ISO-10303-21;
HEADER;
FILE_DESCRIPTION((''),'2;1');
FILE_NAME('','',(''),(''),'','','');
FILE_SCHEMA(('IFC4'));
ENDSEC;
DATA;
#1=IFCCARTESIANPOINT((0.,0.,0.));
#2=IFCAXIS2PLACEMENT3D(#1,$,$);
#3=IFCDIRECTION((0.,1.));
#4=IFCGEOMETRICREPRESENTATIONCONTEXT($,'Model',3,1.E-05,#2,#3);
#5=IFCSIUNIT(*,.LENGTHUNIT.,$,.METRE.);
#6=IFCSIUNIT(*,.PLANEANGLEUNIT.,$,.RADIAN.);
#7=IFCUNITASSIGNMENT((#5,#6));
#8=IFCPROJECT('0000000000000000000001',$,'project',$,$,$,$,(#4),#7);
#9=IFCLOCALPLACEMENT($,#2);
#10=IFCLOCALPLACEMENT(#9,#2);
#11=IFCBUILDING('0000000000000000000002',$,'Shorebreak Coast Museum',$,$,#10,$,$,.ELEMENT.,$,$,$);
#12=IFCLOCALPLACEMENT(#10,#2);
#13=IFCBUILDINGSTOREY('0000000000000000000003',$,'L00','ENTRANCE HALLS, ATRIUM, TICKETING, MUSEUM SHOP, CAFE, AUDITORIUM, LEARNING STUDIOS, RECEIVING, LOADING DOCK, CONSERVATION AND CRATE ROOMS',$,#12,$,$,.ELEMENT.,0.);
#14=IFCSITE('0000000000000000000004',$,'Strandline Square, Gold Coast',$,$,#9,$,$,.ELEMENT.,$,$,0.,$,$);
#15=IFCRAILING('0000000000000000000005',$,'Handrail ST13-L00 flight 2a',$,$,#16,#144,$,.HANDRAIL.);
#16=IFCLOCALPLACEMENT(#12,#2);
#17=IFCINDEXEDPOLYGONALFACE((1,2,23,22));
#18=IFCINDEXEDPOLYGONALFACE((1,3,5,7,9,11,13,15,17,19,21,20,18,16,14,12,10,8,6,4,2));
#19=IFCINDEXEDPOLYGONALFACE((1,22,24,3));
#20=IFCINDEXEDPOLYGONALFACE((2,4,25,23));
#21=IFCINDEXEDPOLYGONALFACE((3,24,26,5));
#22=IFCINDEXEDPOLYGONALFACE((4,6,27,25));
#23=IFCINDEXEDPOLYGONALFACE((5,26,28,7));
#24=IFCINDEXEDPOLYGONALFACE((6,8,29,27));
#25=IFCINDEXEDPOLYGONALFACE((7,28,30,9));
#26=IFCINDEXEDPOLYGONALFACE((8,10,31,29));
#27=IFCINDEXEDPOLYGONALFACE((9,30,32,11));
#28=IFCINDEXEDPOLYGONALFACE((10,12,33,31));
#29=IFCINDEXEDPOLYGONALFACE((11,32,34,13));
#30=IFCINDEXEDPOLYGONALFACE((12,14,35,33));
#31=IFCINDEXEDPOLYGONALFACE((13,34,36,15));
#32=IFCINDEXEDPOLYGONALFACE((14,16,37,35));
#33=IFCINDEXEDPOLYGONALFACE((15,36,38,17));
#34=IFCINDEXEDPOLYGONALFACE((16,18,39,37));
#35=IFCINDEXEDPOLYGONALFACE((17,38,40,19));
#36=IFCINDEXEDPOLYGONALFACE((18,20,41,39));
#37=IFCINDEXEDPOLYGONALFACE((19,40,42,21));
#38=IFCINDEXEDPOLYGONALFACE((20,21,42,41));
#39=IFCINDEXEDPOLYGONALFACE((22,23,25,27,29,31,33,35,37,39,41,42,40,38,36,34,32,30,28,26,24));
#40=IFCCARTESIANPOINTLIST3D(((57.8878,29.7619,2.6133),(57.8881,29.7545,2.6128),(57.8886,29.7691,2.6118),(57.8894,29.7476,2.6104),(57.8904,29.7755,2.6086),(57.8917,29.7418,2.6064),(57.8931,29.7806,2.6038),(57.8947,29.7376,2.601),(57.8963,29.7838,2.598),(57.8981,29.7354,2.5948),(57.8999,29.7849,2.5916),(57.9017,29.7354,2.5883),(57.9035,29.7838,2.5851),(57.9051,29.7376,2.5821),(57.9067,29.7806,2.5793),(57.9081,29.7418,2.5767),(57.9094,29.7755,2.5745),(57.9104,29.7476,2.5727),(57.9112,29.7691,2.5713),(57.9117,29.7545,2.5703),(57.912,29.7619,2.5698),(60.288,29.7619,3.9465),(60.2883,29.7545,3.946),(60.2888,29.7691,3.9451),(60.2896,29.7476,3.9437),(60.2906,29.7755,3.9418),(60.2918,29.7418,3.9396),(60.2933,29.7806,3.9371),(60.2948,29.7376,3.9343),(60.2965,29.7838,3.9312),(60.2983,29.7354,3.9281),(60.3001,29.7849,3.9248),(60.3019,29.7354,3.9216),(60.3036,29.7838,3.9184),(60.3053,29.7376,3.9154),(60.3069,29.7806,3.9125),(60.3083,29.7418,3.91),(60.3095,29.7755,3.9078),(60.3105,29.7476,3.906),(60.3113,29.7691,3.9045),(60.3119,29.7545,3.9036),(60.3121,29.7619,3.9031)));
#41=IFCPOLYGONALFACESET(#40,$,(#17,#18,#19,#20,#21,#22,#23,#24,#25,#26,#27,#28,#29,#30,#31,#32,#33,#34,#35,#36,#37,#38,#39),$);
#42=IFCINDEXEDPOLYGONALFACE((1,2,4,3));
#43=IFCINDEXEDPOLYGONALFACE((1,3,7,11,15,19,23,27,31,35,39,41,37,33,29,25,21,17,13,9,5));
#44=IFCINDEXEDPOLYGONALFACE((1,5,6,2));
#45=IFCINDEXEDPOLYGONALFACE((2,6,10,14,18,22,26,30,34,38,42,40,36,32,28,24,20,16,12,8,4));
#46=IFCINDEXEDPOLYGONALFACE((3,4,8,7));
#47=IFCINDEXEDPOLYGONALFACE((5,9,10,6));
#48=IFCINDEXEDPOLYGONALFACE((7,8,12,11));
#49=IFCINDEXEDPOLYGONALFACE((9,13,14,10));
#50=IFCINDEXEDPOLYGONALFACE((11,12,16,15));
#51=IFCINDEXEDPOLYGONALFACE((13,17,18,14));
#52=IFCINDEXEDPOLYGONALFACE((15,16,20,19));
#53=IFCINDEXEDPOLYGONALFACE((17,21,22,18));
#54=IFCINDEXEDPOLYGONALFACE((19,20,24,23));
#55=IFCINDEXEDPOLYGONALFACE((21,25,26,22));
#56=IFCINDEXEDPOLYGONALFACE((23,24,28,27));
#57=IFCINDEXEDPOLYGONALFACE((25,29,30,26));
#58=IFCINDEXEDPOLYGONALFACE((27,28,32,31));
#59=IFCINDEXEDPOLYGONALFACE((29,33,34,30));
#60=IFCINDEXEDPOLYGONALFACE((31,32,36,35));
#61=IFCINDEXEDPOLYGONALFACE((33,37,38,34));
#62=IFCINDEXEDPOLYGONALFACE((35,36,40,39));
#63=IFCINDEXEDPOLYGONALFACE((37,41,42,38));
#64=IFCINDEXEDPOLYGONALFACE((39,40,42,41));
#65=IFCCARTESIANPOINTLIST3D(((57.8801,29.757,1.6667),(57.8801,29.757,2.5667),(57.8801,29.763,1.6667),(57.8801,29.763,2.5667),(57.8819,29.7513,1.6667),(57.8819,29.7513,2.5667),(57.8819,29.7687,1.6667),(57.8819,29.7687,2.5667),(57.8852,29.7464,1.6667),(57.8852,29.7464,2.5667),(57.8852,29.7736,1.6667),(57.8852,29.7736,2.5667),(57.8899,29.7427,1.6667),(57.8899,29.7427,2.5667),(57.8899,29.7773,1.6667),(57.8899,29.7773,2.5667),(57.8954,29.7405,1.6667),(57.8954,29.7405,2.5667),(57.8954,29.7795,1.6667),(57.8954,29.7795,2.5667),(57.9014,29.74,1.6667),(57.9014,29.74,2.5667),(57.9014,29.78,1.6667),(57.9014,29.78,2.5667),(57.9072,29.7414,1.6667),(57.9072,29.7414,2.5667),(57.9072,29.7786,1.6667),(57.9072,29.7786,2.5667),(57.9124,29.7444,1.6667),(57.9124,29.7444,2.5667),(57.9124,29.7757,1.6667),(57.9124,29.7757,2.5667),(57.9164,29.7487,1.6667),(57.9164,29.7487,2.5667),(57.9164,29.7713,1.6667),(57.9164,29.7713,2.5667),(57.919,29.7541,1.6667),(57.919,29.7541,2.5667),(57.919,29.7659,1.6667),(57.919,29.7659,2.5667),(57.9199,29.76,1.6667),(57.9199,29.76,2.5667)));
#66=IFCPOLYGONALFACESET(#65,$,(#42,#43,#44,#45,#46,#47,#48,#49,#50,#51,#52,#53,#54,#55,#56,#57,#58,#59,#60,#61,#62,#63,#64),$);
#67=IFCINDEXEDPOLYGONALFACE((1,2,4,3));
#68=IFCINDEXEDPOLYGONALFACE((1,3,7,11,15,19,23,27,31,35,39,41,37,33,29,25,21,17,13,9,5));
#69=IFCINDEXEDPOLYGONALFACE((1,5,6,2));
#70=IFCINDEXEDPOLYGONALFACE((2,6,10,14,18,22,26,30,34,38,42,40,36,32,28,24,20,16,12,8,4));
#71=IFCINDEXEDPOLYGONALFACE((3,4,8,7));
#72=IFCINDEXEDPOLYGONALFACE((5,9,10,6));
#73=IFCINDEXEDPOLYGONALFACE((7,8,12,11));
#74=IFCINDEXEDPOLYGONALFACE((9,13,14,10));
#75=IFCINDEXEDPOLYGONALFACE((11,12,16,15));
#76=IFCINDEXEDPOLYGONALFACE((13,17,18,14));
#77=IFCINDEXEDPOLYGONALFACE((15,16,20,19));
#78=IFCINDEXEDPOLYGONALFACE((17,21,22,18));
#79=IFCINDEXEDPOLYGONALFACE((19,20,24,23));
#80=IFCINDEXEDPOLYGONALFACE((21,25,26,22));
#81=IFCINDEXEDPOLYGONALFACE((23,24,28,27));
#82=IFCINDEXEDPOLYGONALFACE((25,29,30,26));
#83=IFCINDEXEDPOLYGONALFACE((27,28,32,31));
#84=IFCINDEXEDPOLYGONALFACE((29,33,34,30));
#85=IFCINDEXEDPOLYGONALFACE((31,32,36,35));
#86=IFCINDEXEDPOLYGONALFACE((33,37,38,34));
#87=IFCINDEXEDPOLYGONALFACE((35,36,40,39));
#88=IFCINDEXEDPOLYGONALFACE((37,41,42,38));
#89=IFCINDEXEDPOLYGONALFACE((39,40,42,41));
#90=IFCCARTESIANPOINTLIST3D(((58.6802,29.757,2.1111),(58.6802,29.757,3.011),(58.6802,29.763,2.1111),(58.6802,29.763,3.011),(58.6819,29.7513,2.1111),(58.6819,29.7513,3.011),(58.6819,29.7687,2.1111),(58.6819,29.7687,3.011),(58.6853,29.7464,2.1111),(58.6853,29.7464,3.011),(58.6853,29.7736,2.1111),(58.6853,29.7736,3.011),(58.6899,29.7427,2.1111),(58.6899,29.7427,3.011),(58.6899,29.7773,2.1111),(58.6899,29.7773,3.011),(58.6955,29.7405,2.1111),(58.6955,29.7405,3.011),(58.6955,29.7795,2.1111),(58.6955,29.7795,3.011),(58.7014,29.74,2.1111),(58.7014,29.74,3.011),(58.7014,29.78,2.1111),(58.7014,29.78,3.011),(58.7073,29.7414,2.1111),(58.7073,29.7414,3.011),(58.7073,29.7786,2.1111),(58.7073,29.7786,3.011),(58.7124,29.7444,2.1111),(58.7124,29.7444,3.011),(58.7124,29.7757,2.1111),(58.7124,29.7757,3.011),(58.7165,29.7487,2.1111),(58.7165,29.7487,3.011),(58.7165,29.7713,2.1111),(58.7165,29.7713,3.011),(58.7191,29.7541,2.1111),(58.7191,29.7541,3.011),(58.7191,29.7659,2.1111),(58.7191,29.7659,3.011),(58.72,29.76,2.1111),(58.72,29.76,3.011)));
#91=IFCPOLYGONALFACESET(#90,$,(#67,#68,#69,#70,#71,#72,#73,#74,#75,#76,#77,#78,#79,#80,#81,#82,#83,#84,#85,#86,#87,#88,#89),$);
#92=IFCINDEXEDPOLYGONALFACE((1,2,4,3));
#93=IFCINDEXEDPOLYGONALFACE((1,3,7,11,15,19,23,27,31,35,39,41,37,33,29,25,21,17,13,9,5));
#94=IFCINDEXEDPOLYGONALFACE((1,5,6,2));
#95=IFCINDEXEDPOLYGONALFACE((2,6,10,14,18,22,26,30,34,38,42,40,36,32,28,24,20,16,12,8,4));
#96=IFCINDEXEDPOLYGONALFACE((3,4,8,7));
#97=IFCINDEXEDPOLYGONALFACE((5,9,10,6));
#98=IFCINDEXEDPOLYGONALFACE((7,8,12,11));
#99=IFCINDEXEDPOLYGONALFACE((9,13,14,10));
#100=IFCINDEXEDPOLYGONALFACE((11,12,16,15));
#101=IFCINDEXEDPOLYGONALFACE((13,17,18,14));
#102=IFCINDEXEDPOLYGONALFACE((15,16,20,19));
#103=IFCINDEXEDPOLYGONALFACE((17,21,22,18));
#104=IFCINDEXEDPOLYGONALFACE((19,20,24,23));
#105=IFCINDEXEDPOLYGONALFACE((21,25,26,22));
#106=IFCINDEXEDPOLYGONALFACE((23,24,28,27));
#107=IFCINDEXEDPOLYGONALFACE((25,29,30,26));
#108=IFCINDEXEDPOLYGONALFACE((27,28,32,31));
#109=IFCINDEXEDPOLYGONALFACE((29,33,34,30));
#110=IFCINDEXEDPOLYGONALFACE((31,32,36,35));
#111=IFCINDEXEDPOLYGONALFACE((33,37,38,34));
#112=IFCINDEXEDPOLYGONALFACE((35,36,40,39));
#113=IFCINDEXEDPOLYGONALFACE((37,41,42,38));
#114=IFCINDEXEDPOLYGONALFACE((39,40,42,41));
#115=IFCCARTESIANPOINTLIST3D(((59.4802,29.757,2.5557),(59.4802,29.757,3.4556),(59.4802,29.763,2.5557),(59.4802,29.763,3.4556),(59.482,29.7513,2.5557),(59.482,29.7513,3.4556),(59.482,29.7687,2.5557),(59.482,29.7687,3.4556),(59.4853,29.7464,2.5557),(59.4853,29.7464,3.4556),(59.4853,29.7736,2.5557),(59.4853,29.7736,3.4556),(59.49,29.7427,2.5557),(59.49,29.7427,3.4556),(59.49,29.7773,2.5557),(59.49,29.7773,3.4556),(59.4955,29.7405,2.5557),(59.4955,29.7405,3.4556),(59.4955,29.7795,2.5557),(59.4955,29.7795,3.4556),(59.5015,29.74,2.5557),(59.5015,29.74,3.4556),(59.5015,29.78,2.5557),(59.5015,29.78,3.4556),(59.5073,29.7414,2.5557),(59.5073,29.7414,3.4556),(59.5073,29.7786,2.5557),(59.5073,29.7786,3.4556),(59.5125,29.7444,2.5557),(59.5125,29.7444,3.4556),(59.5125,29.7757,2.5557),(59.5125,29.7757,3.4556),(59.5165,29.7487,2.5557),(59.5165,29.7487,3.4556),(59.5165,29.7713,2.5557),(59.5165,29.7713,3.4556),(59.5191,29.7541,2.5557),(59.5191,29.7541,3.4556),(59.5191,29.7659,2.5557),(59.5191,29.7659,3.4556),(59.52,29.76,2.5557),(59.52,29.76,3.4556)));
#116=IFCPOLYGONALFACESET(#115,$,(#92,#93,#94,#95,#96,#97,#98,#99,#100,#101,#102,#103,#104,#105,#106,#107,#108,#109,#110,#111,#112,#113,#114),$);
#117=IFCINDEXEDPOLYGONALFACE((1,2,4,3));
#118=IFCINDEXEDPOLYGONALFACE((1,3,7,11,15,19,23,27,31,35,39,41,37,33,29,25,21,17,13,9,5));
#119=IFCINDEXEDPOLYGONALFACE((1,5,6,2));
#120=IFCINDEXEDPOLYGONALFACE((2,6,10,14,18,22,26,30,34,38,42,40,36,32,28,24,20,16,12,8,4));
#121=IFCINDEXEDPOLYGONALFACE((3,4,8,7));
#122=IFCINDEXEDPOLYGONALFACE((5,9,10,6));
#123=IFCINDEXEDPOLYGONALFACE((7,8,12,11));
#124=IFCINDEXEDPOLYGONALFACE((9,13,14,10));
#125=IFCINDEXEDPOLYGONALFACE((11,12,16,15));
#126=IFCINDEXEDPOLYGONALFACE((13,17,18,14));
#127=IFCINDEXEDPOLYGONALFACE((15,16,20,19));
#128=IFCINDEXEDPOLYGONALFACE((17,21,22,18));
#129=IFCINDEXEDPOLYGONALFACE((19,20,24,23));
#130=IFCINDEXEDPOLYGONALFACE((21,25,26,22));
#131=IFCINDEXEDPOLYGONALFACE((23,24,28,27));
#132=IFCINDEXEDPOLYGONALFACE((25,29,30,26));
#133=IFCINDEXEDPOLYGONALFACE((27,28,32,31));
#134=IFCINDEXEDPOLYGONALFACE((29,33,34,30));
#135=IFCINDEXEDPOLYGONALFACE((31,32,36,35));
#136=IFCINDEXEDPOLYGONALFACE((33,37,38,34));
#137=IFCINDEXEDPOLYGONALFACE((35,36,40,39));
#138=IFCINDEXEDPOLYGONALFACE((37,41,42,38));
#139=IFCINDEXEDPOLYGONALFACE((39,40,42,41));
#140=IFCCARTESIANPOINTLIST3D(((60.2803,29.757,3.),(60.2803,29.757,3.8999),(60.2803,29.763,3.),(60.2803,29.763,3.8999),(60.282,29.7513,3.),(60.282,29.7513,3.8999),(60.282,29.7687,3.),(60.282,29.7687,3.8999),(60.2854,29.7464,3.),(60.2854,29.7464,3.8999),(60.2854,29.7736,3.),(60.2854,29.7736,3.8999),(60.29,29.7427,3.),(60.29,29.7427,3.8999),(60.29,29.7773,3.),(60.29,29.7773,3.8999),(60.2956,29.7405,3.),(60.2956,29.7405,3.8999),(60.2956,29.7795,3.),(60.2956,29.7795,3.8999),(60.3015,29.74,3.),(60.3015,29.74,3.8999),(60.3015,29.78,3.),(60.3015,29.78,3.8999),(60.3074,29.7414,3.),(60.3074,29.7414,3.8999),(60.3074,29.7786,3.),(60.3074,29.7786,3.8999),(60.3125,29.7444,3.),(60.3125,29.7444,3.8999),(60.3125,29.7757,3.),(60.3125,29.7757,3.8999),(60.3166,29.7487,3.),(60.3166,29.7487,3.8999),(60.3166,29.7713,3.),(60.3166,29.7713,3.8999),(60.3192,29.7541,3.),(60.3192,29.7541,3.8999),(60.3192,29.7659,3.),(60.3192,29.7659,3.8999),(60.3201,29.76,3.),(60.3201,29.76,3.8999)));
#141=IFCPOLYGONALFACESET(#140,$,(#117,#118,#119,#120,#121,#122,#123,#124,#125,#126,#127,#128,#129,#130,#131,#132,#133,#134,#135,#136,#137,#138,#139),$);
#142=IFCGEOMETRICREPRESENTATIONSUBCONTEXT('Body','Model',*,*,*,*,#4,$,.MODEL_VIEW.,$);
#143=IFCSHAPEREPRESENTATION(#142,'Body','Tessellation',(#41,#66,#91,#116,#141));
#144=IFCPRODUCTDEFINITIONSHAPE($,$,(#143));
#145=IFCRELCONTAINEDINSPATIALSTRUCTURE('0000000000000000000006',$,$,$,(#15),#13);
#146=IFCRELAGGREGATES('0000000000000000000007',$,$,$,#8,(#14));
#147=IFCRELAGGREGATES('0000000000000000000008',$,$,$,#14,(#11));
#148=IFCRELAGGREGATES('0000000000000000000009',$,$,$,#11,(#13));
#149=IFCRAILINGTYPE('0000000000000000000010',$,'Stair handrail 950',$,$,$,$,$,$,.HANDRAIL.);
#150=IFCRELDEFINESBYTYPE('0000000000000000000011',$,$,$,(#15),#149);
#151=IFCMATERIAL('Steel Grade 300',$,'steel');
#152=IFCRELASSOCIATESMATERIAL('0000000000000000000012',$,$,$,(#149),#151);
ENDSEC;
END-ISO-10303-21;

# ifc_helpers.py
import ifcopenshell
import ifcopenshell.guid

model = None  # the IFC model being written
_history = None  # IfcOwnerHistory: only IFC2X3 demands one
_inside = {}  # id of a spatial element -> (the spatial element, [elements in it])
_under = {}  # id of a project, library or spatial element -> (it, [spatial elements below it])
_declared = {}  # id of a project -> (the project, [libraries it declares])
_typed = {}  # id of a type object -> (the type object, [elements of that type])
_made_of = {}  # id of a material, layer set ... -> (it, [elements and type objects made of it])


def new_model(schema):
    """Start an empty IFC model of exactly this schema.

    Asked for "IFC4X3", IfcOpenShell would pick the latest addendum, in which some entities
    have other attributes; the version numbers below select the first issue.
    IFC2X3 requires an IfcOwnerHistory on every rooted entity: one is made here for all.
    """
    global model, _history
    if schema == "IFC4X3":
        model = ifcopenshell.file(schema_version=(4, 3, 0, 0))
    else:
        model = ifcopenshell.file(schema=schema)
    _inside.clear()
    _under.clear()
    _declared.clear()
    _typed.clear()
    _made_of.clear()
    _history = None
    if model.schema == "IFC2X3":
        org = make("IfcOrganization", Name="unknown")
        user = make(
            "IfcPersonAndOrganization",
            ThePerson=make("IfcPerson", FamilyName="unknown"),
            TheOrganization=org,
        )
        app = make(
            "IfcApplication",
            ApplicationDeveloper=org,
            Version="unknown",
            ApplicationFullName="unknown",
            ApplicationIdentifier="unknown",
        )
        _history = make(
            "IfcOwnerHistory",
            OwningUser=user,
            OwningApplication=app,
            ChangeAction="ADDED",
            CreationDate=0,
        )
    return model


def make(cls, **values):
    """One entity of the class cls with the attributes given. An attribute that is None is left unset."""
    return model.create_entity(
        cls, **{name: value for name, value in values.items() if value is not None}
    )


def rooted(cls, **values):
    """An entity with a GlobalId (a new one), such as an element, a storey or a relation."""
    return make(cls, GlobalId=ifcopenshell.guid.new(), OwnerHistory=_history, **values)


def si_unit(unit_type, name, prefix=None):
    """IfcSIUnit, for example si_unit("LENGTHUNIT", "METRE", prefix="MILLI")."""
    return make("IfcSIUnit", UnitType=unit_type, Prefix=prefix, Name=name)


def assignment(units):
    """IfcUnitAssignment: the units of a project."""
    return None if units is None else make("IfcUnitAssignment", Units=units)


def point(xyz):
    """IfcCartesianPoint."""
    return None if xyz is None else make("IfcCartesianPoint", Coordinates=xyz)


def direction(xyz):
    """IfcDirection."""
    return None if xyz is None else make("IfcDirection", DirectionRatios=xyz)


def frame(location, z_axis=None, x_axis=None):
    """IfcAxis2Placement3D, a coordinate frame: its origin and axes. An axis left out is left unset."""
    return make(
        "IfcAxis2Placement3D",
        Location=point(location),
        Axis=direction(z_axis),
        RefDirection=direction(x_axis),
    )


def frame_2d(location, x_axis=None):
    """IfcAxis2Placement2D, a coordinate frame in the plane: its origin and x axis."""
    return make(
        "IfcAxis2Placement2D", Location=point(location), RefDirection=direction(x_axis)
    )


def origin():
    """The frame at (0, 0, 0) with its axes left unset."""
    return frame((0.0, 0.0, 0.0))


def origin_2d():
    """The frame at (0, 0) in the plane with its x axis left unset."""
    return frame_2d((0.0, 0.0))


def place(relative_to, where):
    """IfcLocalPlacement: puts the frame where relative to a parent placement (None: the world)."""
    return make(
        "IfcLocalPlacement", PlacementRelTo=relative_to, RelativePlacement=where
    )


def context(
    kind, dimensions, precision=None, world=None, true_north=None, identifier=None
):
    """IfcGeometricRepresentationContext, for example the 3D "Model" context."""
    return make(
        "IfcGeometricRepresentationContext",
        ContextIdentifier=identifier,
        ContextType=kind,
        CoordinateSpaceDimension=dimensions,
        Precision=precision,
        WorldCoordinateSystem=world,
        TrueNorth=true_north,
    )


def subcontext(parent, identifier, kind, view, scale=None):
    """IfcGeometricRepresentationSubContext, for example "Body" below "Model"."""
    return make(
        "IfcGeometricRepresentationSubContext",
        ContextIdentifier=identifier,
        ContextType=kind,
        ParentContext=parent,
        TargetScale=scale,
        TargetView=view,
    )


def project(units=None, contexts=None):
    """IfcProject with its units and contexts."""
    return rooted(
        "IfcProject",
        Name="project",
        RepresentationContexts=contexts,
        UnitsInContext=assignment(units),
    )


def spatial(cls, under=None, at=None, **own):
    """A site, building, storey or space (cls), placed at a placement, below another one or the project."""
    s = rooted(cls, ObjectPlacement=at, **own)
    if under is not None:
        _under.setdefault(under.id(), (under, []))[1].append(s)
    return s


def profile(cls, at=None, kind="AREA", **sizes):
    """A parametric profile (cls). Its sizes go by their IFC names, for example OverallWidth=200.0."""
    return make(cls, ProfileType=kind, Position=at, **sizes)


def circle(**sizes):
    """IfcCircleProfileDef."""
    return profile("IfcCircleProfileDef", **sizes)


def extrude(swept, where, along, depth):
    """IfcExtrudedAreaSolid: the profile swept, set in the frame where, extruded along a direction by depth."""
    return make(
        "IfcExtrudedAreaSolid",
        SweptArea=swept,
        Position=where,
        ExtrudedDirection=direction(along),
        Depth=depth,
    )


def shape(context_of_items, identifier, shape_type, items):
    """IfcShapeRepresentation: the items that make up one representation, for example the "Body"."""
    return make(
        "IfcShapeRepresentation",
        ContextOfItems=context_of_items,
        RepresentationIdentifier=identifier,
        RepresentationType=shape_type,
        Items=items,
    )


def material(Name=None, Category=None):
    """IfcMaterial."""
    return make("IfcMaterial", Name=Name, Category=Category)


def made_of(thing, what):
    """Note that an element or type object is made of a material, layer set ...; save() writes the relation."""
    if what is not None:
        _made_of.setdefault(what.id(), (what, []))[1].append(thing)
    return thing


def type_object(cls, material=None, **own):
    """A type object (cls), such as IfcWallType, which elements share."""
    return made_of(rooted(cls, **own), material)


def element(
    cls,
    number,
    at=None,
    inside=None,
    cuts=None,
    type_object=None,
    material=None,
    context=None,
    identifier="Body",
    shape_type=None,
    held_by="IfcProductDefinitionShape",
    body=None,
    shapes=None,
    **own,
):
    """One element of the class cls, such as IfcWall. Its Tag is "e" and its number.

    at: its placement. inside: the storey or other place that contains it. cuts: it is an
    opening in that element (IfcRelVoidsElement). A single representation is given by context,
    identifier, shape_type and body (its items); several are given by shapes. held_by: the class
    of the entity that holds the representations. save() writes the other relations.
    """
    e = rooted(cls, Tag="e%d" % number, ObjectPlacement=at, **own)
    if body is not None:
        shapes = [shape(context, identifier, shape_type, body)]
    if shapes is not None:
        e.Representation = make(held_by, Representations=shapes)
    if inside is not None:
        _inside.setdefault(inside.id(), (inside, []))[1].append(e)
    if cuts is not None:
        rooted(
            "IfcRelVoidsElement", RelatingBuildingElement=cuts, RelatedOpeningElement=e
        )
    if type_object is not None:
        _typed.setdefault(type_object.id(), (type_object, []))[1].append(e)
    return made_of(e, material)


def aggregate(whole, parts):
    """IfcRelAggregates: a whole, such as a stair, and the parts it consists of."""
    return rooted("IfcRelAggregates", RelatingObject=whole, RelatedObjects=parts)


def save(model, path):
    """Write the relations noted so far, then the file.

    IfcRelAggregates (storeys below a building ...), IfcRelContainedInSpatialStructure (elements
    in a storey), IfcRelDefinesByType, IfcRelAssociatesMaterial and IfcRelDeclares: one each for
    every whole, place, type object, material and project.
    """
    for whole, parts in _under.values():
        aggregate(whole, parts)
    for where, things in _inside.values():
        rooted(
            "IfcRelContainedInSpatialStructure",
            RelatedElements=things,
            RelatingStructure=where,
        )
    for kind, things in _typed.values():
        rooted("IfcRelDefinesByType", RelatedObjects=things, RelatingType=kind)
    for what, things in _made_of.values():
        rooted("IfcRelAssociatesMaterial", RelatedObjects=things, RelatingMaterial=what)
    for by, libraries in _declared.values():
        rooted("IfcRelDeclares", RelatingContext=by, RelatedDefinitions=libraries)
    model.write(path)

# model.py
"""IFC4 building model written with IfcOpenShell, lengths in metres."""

from ifc_helpers import new_model, si_unit, direction, frame, origin, origin_2d, place, context, subcontext, project, spatial, circle, extrude, material, type_object, element, save


model = new_model("IFC4")

# Units and contexts
model_context = context("Model", 3, precision=1e-05, world=origin(), true_north=direction((0.0, 1.0)))
body_context = subcontext(model_context, "Body", "Model", "MODEL_VIEW")
ifc_project = project(units=[si_unit("LENGTHUNIT", "METRE"), si_unit("PLANEANGLEUNIT", "RADIAN")], contexts=[model_context])

# Site, building, storey
site_placement = place(None, origin())
site = spatial("IfcSite", under=ifc_project, at=site_placement, Name="Strandline Square, Gold Coast", CompositionType="ELEMENT", RefElevation=0.0)
building_placement = place(site_placement, origin())
building = spatial("IfcBuilding", under=site, at=building_placement, Name="Shorebreak Coast Museum", CompositionType="ELEMENT")
storey_placement = place(building_placement, origin())
storey = spatial("IfcBuildingStorey", under=building, at=storey_placement, Name="L00", Description="ENTRANCE HALLS, ATRIUM, TICKETING, MUSEUM SHOP, CAFE, AUDITORIUM, LEARNING STUDIOS, RECEIVING, LOADING DOCK, CONSERVATION AND CRATE ROOMS", CompositionType="ELEMENT", Elevation=0.0)

# Railing
ifc_material_1 = material(Name="Steel Grade 300", Category="steel")
railing_type_1 = type_object("IfcRailingType", Name="Stair handrail 950", PredefinedType="HANDRAIL", material=ifc_material_1)
for number, where, name in (
    (1, (57.8999, 29.76, 1.6667), "Handrail ST13-L00 flight 2a"),
):
    element("IfcRailing", number, at=place(storey_placement, frame(where)), inside=storey, type_object=railing_type_1, Name=name, PredefinedType="HANDRAIL", context=body_context, shape_type="SweptSolid", body=[
        extrude(circle(Radius=0.0249, at=origin_2d()), frame((0.0, 0.0, 0.9248), z_axis=(0.874182, 0.0, 0.485598), x_axis=(0.0, 1.0, 0.0)), (0.0, 0.0, 1.0), 2.7456),
        extrude(circle(Radius=0.02, at=origin_2d()), origin(), (0.0, 0.0, 1.0), 0.8999),
        extrude(circle(Radius=0.02, at=origin_2d()), frame((0.8, 0.0, 0.4443)), (0.0, 0.0, 1.0), 0.8999),
        extrude(circle(Radius=0.02, at=origin_2d()), frame((1.6001, 0.0, 0.8889)), (0.0, 0.0, 1.0), 0.8999),
        extrude(circle(Radius=0.02, at=origin_2d()), frame((2.4001, 0.0, 1.3333)), (0.0, 0.0, 1.0), 0.8999),
    ])

save(model, "model.ifc")
